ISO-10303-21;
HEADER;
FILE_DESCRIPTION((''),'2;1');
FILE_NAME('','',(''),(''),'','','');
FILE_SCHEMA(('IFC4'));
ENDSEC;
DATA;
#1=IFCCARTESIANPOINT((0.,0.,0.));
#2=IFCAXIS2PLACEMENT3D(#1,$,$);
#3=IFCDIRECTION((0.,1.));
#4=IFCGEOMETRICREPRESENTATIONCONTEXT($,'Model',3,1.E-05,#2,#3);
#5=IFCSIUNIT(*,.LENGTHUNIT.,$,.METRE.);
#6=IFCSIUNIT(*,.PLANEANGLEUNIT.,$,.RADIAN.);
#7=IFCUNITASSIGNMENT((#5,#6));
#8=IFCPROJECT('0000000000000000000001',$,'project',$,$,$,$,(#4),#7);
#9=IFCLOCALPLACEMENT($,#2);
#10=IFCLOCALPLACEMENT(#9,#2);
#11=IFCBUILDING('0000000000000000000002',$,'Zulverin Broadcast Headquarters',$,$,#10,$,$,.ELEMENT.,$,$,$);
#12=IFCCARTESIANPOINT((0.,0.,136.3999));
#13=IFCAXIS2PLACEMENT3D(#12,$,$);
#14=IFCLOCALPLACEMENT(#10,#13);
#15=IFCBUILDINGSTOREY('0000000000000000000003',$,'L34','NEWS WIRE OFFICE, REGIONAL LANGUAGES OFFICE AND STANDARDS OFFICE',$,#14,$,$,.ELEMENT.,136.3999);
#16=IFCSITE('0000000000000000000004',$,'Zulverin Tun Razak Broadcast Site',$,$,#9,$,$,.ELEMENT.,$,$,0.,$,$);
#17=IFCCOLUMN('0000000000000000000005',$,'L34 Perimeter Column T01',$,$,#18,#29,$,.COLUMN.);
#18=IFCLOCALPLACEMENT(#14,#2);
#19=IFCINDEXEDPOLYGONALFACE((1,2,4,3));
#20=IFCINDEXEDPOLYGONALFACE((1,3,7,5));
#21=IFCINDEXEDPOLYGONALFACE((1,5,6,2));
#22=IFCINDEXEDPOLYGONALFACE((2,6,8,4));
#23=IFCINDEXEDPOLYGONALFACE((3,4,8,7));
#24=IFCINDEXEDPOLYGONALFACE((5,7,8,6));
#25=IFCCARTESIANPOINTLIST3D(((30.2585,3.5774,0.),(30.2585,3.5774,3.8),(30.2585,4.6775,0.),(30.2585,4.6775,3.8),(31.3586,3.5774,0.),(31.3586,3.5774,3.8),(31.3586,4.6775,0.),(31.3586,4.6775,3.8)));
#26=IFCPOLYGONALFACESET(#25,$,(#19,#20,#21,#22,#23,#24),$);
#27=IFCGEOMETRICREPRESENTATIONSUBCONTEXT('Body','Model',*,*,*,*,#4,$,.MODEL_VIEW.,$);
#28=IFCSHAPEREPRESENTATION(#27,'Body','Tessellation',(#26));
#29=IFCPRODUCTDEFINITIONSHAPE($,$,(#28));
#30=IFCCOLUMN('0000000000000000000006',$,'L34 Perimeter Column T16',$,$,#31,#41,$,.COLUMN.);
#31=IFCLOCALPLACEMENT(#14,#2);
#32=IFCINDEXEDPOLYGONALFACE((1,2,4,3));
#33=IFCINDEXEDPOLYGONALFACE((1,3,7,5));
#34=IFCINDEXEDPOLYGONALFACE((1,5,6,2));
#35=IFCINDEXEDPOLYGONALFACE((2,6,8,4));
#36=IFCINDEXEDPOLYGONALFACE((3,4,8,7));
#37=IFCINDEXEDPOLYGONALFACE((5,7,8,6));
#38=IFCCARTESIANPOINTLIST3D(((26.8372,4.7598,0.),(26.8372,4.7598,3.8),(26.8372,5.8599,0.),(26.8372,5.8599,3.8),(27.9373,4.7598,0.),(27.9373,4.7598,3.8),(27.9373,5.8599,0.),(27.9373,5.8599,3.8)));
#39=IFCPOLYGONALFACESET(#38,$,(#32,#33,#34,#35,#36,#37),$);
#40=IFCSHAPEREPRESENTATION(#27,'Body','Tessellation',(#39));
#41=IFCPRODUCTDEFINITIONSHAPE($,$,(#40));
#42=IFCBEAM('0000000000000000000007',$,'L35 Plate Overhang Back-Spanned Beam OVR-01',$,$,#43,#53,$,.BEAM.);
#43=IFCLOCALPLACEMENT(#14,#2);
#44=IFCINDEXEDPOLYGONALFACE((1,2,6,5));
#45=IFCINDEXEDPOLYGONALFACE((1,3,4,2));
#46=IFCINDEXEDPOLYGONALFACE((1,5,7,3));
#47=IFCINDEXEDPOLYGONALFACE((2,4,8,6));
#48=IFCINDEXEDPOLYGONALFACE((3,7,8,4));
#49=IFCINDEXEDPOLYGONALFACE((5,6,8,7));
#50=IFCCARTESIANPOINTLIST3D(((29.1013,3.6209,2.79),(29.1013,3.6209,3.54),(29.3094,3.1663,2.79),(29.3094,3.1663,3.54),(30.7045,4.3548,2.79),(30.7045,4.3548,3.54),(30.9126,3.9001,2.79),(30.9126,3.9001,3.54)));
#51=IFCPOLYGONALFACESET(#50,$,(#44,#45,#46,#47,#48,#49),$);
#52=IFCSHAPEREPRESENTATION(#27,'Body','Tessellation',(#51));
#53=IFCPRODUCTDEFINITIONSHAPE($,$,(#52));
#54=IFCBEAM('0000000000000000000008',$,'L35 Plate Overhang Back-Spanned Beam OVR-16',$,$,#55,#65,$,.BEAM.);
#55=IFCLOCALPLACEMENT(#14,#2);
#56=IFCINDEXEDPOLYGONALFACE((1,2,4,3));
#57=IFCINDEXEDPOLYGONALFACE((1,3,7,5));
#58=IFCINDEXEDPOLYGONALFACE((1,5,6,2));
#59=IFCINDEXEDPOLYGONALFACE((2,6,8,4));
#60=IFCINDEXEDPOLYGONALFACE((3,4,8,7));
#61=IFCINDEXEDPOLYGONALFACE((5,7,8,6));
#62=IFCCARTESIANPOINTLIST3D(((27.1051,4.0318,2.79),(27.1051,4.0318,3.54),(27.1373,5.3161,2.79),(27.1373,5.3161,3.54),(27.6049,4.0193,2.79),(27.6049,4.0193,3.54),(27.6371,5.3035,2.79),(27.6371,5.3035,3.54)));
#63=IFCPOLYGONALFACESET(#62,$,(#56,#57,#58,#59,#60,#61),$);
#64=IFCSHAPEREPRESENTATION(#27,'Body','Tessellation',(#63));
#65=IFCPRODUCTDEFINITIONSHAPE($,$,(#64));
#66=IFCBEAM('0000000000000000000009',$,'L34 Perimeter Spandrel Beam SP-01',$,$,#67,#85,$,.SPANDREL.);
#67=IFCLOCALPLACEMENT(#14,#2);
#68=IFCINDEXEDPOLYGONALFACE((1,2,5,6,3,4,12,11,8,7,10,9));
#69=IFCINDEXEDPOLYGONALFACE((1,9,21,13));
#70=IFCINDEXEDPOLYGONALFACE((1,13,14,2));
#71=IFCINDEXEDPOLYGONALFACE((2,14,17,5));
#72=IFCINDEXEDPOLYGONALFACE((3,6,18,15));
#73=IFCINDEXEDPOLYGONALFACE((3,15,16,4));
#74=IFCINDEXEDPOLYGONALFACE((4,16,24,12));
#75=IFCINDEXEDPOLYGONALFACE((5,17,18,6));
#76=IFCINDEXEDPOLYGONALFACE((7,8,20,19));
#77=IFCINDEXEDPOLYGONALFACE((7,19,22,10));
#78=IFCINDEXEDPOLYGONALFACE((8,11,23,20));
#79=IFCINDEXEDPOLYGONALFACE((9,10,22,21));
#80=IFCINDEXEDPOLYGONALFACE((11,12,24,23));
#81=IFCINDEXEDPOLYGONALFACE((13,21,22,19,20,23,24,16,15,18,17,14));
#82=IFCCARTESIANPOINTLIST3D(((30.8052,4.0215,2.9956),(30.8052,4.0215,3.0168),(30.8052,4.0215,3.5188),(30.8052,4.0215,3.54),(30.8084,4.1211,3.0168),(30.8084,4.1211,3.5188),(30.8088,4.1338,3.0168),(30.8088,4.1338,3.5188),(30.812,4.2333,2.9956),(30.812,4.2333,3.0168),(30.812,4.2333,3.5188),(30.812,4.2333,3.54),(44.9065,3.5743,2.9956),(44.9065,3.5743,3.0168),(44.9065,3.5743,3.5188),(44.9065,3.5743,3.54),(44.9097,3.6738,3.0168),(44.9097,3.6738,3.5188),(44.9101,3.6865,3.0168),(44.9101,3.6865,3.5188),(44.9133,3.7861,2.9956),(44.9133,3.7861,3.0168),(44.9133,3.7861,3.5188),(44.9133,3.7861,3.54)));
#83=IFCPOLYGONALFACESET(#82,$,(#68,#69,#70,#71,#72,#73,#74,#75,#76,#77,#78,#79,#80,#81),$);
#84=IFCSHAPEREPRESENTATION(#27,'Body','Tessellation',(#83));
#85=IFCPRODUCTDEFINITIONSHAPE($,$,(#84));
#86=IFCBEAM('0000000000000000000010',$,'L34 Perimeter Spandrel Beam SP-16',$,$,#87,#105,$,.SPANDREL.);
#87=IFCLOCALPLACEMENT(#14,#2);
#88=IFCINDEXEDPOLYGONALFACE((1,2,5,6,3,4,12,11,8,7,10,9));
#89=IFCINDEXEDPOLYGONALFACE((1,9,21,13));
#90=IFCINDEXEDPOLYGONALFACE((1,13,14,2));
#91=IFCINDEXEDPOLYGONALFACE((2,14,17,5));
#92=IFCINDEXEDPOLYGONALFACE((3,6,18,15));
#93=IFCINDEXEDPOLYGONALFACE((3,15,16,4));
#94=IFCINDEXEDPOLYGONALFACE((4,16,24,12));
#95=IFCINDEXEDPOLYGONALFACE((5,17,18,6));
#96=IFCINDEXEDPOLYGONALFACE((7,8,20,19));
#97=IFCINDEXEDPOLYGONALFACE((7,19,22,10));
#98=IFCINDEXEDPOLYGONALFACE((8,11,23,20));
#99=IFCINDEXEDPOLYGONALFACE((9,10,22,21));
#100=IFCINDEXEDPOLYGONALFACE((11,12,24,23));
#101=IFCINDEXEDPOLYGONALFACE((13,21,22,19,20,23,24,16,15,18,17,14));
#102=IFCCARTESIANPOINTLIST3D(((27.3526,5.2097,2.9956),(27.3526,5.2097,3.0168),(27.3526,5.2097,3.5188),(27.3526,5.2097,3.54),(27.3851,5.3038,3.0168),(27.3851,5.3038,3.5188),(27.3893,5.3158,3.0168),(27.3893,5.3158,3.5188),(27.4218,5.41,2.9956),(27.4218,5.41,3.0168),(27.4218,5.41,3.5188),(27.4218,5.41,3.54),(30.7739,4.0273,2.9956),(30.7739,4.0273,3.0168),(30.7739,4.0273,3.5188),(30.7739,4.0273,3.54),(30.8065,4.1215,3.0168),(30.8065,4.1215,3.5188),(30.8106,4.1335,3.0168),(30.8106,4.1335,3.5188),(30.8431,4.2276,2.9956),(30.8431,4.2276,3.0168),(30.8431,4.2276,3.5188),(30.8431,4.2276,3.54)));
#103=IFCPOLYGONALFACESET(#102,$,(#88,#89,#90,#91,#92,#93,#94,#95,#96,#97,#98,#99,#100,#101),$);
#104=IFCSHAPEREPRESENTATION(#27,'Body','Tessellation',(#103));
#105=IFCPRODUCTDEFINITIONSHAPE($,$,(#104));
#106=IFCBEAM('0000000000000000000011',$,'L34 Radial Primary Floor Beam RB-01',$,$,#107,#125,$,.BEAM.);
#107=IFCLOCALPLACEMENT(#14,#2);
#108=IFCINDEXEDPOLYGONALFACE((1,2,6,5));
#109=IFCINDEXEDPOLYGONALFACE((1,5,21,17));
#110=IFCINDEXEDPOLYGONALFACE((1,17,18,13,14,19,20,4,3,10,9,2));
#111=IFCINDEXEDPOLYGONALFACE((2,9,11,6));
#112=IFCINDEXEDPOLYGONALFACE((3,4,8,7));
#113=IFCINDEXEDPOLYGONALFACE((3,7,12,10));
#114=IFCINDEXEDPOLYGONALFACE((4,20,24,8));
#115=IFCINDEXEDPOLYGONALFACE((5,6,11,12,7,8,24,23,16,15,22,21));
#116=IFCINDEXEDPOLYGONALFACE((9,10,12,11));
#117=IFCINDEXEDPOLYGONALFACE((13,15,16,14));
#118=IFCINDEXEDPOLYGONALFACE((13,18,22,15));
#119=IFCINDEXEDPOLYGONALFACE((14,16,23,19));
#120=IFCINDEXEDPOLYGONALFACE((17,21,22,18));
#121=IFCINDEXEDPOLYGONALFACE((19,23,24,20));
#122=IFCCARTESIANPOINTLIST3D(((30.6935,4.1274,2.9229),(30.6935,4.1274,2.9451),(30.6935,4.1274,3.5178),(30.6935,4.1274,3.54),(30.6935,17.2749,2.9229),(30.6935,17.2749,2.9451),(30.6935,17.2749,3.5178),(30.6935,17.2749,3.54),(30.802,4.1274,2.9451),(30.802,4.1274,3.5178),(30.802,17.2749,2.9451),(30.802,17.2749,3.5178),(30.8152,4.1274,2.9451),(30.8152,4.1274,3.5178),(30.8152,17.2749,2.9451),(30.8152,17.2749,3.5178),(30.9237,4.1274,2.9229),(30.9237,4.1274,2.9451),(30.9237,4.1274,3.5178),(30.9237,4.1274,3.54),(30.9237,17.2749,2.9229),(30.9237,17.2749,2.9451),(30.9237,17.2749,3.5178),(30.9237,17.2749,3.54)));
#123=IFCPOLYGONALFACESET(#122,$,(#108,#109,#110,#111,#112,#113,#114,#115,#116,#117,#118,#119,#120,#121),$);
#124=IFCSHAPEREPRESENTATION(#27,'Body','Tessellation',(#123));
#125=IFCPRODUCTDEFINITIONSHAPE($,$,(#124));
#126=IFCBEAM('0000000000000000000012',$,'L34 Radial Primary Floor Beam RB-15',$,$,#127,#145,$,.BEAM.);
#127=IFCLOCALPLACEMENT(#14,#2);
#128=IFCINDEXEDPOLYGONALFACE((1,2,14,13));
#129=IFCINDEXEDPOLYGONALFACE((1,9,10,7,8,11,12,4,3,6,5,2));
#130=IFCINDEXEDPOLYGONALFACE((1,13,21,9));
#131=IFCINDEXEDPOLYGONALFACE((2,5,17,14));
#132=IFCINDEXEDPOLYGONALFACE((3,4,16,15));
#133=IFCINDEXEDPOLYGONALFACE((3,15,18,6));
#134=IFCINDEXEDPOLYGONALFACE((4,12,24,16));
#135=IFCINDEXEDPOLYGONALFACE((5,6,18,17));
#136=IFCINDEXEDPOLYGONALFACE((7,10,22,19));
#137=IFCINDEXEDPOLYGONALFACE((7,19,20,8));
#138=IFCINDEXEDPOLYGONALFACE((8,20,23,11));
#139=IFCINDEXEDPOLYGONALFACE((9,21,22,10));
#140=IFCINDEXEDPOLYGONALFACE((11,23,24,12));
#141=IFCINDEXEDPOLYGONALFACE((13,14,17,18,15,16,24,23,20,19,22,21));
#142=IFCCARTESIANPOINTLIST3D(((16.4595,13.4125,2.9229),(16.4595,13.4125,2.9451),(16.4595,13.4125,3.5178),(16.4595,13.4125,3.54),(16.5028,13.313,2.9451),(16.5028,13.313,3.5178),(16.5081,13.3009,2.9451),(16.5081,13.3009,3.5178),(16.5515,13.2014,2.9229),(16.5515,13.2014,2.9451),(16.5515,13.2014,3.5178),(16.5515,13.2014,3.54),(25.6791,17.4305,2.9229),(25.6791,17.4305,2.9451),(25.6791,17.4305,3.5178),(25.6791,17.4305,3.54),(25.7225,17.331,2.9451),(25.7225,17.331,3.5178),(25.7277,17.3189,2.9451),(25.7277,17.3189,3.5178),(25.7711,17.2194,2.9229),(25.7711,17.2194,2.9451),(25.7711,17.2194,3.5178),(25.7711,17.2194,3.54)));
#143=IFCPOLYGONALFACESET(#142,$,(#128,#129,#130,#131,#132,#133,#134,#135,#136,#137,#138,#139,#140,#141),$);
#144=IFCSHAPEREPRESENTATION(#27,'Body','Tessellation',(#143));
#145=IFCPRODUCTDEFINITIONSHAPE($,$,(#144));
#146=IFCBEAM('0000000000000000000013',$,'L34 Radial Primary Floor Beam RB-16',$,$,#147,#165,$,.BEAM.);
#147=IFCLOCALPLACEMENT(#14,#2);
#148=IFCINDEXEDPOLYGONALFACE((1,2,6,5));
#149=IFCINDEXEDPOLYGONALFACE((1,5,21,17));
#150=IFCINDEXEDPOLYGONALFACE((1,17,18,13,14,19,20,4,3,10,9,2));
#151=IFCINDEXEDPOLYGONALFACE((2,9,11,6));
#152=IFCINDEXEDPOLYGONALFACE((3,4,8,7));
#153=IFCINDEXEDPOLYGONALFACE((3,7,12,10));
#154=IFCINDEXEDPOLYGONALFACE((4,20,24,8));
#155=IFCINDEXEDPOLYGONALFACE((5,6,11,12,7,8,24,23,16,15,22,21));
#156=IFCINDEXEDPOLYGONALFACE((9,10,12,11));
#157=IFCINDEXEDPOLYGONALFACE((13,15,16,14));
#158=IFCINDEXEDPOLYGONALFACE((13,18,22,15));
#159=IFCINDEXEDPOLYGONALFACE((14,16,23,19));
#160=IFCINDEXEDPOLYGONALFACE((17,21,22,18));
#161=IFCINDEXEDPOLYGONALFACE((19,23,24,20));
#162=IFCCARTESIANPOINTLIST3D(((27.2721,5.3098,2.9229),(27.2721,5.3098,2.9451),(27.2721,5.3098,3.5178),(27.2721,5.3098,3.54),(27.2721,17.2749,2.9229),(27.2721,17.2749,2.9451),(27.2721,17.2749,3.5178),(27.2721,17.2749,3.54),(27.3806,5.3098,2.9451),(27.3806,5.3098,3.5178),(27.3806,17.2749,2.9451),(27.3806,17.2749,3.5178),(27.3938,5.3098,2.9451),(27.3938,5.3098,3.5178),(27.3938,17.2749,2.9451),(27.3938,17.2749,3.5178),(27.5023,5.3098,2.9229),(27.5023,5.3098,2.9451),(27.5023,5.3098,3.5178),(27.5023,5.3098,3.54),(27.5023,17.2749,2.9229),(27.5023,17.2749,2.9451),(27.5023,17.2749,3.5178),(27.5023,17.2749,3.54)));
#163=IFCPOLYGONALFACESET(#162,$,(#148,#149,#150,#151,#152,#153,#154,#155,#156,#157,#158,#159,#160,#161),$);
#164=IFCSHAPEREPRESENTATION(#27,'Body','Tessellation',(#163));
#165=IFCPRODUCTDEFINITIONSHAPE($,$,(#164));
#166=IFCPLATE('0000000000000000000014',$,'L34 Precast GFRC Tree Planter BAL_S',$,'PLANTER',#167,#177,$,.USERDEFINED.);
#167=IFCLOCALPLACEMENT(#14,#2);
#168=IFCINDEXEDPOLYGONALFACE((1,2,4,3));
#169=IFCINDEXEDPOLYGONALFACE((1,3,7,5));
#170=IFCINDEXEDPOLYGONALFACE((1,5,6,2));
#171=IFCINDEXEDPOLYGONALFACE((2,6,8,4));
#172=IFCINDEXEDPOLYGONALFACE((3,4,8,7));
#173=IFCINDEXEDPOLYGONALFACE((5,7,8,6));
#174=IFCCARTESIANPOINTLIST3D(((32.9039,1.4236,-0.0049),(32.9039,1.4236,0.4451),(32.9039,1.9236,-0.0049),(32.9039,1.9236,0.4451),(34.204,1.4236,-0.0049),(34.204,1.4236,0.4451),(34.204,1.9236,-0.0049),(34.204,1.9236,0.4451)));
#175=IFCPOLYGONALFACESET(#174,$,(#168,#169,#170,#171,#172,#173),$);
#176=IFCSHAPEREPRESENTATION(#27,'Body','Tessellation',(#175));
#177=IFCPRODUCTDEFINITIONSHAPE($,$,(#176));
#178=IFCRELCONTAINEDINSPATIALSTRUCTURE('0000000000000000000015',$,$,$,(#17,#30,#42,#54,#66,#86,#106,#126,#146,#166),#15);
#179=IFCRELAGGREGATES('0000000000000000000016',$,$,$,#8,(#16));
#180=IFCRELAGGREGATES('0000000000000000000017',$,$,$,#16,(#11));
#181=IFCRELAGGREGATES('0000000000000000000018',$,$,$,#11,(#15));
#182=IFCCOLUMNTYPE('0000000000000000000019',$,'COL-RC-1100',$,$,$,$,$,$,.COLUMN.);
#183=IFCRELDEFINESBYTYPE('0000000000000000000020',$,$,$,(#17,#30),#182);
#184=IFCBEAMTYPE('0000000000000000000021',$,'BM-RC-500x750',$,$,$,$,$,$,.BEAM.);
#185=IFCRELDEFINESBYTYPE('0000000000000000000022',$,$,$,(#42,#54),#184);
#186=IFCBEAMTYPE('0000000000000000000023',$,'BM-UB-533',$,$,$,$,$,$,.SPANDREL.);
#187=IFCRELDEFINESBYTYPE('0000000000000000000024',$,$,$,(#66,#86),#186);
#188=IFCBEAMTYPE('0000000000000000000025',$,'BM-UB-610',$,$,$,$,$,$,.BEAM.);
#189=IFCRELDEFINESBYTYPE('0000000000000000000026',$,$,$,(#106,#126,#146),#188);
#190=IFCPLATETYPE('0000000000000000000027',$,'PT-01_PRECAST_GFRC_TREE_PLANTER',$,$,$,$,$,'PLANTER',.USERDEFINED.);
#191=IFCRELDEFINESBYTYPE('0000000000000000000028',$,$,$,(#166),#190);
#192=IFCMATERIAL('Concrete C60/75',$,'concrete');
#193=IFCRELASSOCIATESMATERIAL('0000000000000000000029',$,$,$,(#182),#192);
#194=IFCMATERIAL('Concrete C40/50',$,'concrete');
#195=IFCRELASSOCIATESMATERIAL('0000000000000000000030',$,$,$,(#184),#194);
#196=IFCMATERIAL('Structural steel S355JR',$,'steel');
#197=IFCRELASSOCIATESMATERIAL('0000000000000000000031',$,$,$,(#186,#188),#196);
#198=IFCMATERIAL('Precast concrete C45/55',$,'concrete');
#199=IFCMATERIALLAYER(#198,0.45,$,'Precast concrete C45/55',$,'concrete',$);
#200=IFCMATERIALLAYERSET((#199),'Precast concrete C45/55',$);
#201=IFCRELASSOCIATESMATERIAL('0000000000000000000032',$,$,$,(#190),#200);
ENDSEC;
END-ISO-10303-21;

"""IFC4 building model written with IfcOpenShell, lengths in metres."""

from ifc_helpers import new_model, si_unit, direction, frame, origin, origin_2d, place, context, subcontext, project, spatial, rectangle, i_section, extrude, material, layer, layer_set, material_profile, profile_set, type_object, element, save


model = new_model("IFC4")

# Units and contexts
model_context = context("Model", 3, precision=1e-05, world=origin(), true_north=direction((0.0, 1.0)))
body_context = subcontext(model_context, "Body", "Model", "MODEL_VIEW")
ifc_project = project(units=[si_unit("LENGTHUNIT", "METRE"), si_unit("PLANEANGLEUNIT", "RADIAN")], contexts=[model_context])

# Site, building, storey
site_placement = place(None, origin())
site = spatial("IfcSite", under=ifc_project, at=site_placement, Name="Zulverin Tun Razak Broadcast Site", CompositionType="ELEMENT", RefElevation=0.0)
building_placement = place(site_placement, origin())
building = spatial("IfcBuilding", under=site, at=building_placement, Name="Zulverin Broadcast Headquarters", CompositionType="ELEMENT")
storey_placement = place(building_placement, frame((0.0, 0.0, 136.3999)))
storey = spatial("IfcBuildingStorey", under=building, at=storey_placement, Name="L34", Description="NEWS WIRE OFFICE, REGIONAL LANGUAGES OFFICE AND STANDARDS OFFICE", CompositionType="ELEMENT", Elevation=136.3999)

# Columns
ifc_material_1 = material(Name="Concrete C60/75", Category="concrete")
ifc_material_profile_1 = material_profile(ifc_material_1, rectangle(XDim=1.1001, YDim=1.1001, at=origin_2d()), Name="Concrete C60/75", Category="concrete")
ifc_profile_set_1 = profile_set([ifc_material_profile_1], Name="Concrete C60/75")
column_type = type_object("IfcColumnType", Name="COL-RC-1100", PredefinedType="COLUMN", material=ifc_profile_set_1)
for number, where, z_axis, x_axis, name in (
    (1, (30.8086, 4.1274, 0.0), (0.0, 0.0, 1.0), (1.0, 0.0, 0.0), "L34 Perimeter Column T01"),
    (2, (27.3872, 5.3098, 0.0), (0.0, 0.0, 1.0), (1.0, 0.0, 0.0), "L34 Perimeter Column T16"),
):
    element("IfcColumn", number, at=place(storey_placement, frame(where, z_axis=z_axis, x_axis=x_axis)), inside=storey, type_object=column_type, Name=name, PredefinedType="COLUMN", context=body_context, shape_type="SweptSolid", body=[
        extrude(rectangle(XDim=1.1001, YDim=1.1001, at=origin_2d()), origin(), (0.0, 0.0, 1.0), 3.8),
    ])

# Beams
ifc_material_2 = material(Name="Concrete C40/50", Category="concrete")
ifc_material_profile_2 = material_profile(ifc_material_2, rectangle(XDim=0.5, YDim=0.75, at=origin_2d()), Name="Concrete C40/50", Category="concrete")
ifc_profile_set_2 = profile_set([ifc_material_profile_2], Name="Concrete C40/50")
beam_type_1 = type_object("IfcBeamType", Name="BM-RC-500x750", PredefinedType="BEAM", material=ifc_profile_set_2)
beam_1_placement = place(storey_placement, frame((30.8086, 4.1274, 3.165), z_axis=(-0.909268, -0.416211, 0.0), x_axis=(0.416211, -0.909268, 0.0)))
element("IfcBeam", 3, at=beam_1_placement, inside=storey, type_object=beam_type_1, Name="L35 Plate Overhang Back-Spanned Beam OVR-01", PredefinedType="BEAM", context=body_context, shape_type="SweptSolid", body=[
    extrude(rectangle(XDim=0.5, YDim=0.75, at=origin_2d()), origin(), (0.0, 0.0, 1.0), 1.7632),
])
beam_2_placement = place(storey_placement, frame((27.3872, 5.3098, 3.165), z_axis=(-0.025087, -0.999685, 0.0), x_axis=(0.999685, -0.025087, 0.0)))
element("IfcBeam", 4, at=beam_2_placement, inside=storey, type_object=beam_type_1, Name="L35 Plate Overhang Back-Spanned Beam OVR-16", PredefinedType="BEAM", context=body_context, shape_type="SweptSolid", body=[
    extrude(rectangle(XDim=0.5, YDim=0.75, at=origin_2d()), origin(), (0.0, 0.0, 1.0), 1.2847),
])
ifc_material_3 = material(Name="Structural steel S355JR", Category="steel")
ifc_material_profile_3 = material_profile(ifc_material_3, i_section(OverallWidth=0.2119, OverallDepth=0.5444, WebThickness=0.0127, FlangeThickness=0.0212, at=origin_2d()), Name="Structural steel S355JR", Category="steel")
ifc_profile_set_3 = profile_set([ifc_material_profile_3], Name="Structural steel S355JR")
beam_type_2 = type_object("IfcBeamType", Name="BM-UB-533", PredefinedType="SPANDREL", material=ifc_profile_set_3)
beam_3_placement = place(storey_placement, frame((30.8086, 4.1274, 3.2678), z_axis=(0.999497, -0.031702, 0.0), x_axis=(0.031702, 0.999497, 0.0)))
element("IfcBeam", 5, at=beam_3_placement, inside=storey, type_object=beam_type_2, Name="L34 Perimeter Spandrel Beam SP-01", PredefinedType="SPANDREL", context=body_context, shape_type="SweptSolid", body=[
    extrude(i_section(OverallWidth=0.2119, OverallDepth=0.5444, WebThickness=0.0127, FlangeThickness=0.0212, at=origin_2d()), origin(), (0.0, 0.0, 1.0), 14.1084),
])
beam_4_placement = place(storey_placement, frame((27.3872, 5.3098, 3.2678), z_axis=(0.945153, -0.326629, 0.0), x_axis=(0.326629, 0.945153, 0.0)))
element("IfcBeam", 6, at=beam_4_placement, inside=storey, type_object=beam_type_2, Name="L34 Perimeter Spandrel Beam SP-16", PredefinedType="SPANDREL", context=body_context, shape_type="SweptSolid", body=[
    extrude(i_section(OverallWidth=0.2119, OverallDepth=0.5444, WebThickness=0.0127, FlangeThickness=0.0212, at=origin_2d()), origin(), (0.0, 0.0, 1.0), 3.6199),
])
ifc_material_profile_4 = material_profile(ifc_material_3, i_section(OverallWidth=0.2302, OverallDepth=0.6172, WebThickness=0.0132, FlangeThickness=0.0222, at=origin_2d()), Name="Structural steel S355JR", Category="steel")
ifc_profile_set_4 = profile_set([ifc_material_profile_4], Name="Structural steel S355JR")
beam_type_3 = type_object("IfcBeamType", Name="BM-UB-610", PredefinedType="BEAM", material=ifc_profile_set_4)
beam_5_placement = place(storey_placement, frame((30.8086, 17.2749, 3.2314), z_axis=(0.0, -1.0, 0.0), x_axis=(1.0, 0.0, 0.0)))
element("IfcBeam", 7, at=beam_5_placement, inside=storey, type_object=beam_type_3, Name="L34 Radial Primary Floor Beam RB-01", PredefinedType="BEAM", context=body_context, shape_type="SweptSolid", body=[
    extrude(i_section(OverallWidth=0.2302, OverallDepth=0.6172, WebThickness=0.0132, FlangeThickness=0.0222, at=origin_2d()), origin(), (0.0, 0.0, 1.0), 13.1475),
])
beam_6_placement = place(storey_placement, frame((25.7251, 17.325, 3.2314), z_axis=(-0.916725, -0.39952, 0.0), x_axis=(0.39952, -0.916725, 0.0)))
element("IfcBeam", 8, at=beam_6_placement, inside=storey, type_object=beam_type_3, Name="L34 Radial Primary Floor Beam RB-15", PredefinedType="BEAM", context=body_context, shape_type="SweptSolid", body=[
    extrude(i_section(OverallWidth=0.2302, OverallDepth=0.6172, WebThickness=0.0132, FlangeThickness=0.0222, at=origin_2d()), origin(), (0.0, 0.0, 1.0), 10.0571),
])
beam_7_placement = place(storey_placement, frame((27.3872, 17.2749, 3.2314), z_axis=(0.0, -1.0, 0.0), x_axis=(1.0, 0.0, 0.0)))
element("IfcBeam", 9, at=beam_7_placement, inside=storey, type_object=beam_type_3, Name="L34 Radial Primary Floor Beam RB-16", PredefinedType="BEAM", context=body_context, shape_type="SweptSolid", body=[
    extrude(i_section(OverallWidth=0.2302, OverallDepth=0.6172, WebThickness=0.0132, FlangeThickness=0.0222, at=origin_2d()), origin(), (0.0, 0.0, 1.0), 11.9651),
])

# Plate
ifc_material_4 = material(Name="Precast concrete C45/55", Category="concrete")
ifc_layer_1 = layer(ifc_material_4, 0.45, Name="Precast concrete C45/55", Category="concrete")
ifc_layer_set_1 = layer_set([ifc_layer_1], Name="Precast concrete C45/55")
plate_type = type_object("IfcPlateType", Name="PT-01_PRECAST_GFRC_TREE_PLANTER", ElementType="PLANTER", PredefinedType="USERDEFINED", material=ifc_layer_set_1)
plate_placement = place(storey_placement, frame((33.554, 1.6736, -0.0049), z_axis=(0.0, 0.0, 1.0), x_axis=(1.0, 0.0, 0.0)))
element("IfcPlate", 10, at=plate_placement, inside=storey, type_object=plate_type, Name="L34 Precast GFRC Tree Planter BAL_S", ObjectType="PLANTER", PredefinedType="USERDEFINED", context=body_context, shape_type="SweptSolid", body=[
    extrude(rectangle(XDim=1.3, YDim=0.5, at=origin_2d()), origin(), (0.0, 0.0, 1.0), 0.45),
])

save(model, "model.ifc")
